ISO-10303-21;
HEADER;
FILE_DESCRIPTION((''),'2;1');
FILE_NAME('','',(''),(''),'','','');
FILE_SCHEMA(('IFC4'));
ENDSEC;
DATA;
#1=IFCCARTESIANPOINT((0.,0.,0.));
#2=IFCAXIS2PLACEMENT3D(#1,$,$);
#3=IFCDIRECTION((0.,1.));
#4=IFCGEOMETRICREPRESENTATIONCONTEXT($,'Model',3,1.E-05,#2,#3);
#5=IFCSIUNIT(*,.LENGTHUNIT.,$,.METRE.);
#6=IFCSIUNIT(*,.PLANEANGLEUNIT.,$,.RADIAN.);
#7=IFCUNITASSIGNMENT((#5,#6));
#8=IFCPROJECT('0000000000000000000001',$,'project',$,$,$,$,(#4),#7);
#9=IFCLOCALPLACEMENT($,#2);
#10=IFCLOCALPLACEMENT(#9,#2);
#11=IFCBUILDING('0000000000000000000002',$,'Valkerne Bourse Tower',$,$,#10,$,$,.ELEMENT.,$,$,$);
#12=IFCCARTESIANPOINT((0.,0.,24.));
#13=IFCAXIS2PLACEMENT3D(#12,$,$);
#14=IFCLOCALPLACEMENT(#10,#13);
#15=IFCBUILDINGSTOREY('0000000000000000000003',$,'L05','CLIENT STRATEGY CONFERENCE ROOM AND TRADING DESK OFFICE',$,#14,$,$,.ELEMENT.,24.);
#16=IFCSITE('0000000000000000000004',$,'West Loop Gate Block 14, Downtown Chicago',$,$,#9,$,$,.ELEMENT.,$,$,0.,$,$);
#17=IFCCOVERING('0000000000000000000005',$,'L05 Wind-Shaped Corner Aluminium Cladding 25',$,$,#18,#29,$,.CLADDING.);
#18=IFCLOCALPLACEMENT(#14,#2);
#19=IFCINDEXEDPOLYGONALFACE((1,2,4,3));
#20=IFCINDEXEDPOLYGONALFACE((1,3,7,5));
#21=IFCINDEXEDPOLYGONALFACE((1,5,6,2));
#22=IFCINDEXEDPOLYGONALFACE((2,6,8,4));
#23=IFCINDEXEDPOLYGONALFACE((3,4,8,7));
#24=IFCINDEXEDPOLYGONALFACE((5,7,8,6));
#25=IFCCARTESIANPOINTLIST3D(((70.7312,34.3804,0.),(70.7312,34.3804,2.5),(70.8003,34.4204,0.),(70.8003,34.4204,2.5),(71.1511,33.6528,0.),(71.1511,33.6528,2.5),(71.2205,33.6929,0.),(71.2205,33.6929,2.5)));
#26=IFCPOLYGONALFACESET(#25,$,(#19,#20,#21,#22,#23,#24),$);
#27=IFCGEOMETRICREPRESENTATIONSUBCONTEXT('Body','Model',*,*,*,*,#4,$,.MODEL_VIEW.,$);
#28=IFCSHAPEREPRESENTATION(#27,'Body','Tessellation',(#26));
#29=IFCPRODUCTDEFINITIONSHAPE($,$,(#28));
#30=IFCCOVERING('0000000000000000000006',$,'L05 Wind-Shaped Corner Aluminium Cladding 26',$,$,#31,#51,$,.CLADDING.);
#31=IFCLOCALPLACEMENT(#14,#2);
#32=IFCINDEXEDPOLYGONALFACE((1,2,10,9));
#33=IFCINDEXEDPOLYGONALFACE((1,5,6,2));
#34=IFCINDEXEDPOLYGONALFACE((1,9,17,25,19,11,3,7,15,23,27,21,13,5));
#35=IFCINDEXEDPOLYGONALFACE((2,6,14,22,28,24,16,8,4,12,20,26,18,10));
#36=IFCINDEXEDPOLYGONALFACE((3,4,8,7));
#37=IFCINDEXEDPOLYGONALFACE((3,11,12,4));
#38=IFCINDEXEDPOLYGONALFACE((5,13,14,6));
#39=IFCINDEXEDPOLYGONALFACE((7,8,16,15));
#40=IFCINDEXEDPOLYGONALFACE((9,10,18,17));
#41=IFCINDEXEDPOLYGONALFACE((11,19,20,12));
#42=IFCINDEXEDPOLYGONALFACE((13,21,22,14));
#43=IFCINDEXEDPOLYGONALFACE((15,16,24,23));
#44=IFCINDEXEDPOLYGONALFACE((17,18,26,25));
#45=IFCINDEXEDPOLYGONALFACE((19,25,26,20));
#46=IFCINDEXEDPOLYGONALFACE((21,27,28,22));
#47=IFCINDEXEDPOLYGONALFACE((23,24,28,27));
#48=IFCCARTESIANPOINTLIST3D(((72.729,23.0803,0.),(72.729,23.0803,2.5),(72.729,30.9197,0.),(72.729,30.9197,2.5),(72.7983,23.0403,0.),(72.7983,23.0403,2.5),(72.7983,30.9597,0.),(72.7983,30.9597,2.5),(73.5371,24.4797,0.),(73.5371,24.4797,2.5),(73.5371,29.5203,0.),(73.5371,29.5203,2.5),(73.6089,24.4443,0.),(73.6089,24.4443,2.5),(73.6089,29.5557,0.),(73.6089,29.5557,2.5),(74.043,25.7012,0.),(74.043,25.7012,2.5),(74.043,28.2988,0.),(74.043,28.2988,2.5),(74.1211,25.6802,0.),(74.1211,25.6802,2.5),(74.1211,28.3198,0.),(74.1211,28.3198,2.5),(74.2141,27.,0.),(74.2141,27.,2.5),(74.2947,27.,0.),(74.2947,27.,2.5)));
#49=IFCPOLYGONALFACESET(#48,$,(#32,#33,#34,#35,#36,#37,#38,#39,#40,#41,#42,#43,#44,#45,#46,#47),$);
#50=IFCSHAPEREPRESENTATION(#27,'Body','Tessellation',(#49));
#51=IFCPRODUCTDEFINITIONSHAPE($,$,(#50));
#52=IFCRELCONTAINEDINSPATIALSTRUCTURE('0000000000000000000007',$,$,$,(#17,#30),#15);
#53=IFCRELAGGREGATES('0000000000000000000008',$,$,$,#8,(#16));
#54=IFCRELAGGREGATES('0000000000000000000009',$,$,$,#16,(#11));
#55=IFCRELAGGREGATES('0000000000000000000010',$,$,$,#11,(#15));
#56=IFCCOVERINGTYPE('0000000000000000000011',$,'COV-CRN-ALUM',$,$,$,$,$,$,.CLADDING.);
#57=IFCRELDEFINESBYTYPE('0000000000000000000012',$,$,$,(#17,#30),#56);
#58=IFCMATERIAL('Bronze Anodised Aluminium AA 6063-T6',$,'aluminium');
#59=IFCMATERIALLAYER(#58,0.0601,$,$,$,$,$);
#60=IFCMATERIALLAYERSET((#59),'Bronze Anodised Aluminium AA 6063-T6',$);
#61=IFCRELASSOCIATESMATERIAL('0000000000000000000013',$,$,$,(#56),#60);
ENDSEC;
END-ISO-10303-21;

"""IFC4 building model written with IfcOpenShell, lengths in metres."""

from ifc_helpers import new_model, si_unit, direction, frame, origin, place, context, subcontext, project, spatial, polyline, outline, extrude, material, layer, layer_set, type_object, element, save


model = new_model("IFC4")

# Units and contexts
model_context = context("Model", 3, precision=1e-05, world=origin(), true_north=direction((0.0, 1.0)))
body_context = subcontext(model_context, "Body", "Model", "MODEL_VIEW")
ifc_project = project(units=[si_unit("LENGTHUNIT", "METRE"), si_unit("PLANEANGLEUNIT", "RADIAN")], contexts=[model_context])

# Site, building, storey
site_placement = place(None, origin())
site = spatial("IfcSite", under=ifc_project, at=site_placement, Name="West Loop Gate Block 14, Downtown Chicago", CompositionType="ELEMENT", RefElevation=0.0)
building_placement = place(site_placement, origin())
building = spatial("IfcBuilding", under=site, at=building_placement, Name="Valkerne Bourse Tower", CompositionType="ELEMENT")
storey_placement = place(building_placement, frame((0.0, 0.0, 24.0)))
storey = spatial("IfcBuildingStorey", under=building, at=storey_placement, Name="L05", Description="CLIENT STRATEGY CONFERENCE ROOM AND TRADING DESK OFFICE", CompositionType="ELEMENT", Elevation=24.0)

# Coverings
ifc_material_1 = material(Name="Bronze Anodised Aluminium AA 6063-T6", Category="aluminium")
ifc_layer_1 = layer(ifc_material_1, 0.0601)
ifc_layer_set_1 = layer_set([ifc_layer_1], Name="Bronze Anodised Aluminium AA 6063-T6")
covering_type = type_object("IfcCoveringType", Name="COV-CRN-ALUM", PredefinedType="CLADDING", material=ifc_layer_set_1)
covering_1_placement = place(storey_placement, origin())
element("IfcCovering", 1, at=covering_1_placement, inside=storey, type_object=covering_type, Name="L05 Wind-Shaped Corner Aluminium Cladding 25", PredefinedType="CLADDING", context=body_context, shape_type="SweptSolid", body=[
    extrude(outline(polyline([(71.2205, 33.6929), (71.1511, 33.6528), (70.7312, 34.3804), (70.8003, 34.4204), (71.2205, 33.6929)])), origin(), (0.0, 0.0, 1.0), 2.5),
])
covering_2_placement = place(storey_placement, origin())
element("IfcCovering", 2, at=covering_2_placement, inside=storey, type_object=covering_type, Name="L05 Wind-Shaped Corner Aluminium Cladding 26", PredefinedType="CLADDING", context=body_context, shape_type="SweptSolid", body=[
    extrude(outline(polyline([(73.6089, 29.5557), (74.1211, 28.3198), (74.2947, 27.0), (74.1211, 25.6802), (73.6089, 24.4443), (72.7983, 23.0403), (72.729, 23.0803), (73.5371, 24.4797), (74.043, 25.7012), (74.2141, 27.0), (74.043, 28.2988), (73.5371, 29.5203), (72.729, 30.9197), (72.7983, 30.9597), (73.6089, 29.5557)])), origin(), (0.0, 0.0, 1.0), 2.5),
])

save(model, "model.ifc")
